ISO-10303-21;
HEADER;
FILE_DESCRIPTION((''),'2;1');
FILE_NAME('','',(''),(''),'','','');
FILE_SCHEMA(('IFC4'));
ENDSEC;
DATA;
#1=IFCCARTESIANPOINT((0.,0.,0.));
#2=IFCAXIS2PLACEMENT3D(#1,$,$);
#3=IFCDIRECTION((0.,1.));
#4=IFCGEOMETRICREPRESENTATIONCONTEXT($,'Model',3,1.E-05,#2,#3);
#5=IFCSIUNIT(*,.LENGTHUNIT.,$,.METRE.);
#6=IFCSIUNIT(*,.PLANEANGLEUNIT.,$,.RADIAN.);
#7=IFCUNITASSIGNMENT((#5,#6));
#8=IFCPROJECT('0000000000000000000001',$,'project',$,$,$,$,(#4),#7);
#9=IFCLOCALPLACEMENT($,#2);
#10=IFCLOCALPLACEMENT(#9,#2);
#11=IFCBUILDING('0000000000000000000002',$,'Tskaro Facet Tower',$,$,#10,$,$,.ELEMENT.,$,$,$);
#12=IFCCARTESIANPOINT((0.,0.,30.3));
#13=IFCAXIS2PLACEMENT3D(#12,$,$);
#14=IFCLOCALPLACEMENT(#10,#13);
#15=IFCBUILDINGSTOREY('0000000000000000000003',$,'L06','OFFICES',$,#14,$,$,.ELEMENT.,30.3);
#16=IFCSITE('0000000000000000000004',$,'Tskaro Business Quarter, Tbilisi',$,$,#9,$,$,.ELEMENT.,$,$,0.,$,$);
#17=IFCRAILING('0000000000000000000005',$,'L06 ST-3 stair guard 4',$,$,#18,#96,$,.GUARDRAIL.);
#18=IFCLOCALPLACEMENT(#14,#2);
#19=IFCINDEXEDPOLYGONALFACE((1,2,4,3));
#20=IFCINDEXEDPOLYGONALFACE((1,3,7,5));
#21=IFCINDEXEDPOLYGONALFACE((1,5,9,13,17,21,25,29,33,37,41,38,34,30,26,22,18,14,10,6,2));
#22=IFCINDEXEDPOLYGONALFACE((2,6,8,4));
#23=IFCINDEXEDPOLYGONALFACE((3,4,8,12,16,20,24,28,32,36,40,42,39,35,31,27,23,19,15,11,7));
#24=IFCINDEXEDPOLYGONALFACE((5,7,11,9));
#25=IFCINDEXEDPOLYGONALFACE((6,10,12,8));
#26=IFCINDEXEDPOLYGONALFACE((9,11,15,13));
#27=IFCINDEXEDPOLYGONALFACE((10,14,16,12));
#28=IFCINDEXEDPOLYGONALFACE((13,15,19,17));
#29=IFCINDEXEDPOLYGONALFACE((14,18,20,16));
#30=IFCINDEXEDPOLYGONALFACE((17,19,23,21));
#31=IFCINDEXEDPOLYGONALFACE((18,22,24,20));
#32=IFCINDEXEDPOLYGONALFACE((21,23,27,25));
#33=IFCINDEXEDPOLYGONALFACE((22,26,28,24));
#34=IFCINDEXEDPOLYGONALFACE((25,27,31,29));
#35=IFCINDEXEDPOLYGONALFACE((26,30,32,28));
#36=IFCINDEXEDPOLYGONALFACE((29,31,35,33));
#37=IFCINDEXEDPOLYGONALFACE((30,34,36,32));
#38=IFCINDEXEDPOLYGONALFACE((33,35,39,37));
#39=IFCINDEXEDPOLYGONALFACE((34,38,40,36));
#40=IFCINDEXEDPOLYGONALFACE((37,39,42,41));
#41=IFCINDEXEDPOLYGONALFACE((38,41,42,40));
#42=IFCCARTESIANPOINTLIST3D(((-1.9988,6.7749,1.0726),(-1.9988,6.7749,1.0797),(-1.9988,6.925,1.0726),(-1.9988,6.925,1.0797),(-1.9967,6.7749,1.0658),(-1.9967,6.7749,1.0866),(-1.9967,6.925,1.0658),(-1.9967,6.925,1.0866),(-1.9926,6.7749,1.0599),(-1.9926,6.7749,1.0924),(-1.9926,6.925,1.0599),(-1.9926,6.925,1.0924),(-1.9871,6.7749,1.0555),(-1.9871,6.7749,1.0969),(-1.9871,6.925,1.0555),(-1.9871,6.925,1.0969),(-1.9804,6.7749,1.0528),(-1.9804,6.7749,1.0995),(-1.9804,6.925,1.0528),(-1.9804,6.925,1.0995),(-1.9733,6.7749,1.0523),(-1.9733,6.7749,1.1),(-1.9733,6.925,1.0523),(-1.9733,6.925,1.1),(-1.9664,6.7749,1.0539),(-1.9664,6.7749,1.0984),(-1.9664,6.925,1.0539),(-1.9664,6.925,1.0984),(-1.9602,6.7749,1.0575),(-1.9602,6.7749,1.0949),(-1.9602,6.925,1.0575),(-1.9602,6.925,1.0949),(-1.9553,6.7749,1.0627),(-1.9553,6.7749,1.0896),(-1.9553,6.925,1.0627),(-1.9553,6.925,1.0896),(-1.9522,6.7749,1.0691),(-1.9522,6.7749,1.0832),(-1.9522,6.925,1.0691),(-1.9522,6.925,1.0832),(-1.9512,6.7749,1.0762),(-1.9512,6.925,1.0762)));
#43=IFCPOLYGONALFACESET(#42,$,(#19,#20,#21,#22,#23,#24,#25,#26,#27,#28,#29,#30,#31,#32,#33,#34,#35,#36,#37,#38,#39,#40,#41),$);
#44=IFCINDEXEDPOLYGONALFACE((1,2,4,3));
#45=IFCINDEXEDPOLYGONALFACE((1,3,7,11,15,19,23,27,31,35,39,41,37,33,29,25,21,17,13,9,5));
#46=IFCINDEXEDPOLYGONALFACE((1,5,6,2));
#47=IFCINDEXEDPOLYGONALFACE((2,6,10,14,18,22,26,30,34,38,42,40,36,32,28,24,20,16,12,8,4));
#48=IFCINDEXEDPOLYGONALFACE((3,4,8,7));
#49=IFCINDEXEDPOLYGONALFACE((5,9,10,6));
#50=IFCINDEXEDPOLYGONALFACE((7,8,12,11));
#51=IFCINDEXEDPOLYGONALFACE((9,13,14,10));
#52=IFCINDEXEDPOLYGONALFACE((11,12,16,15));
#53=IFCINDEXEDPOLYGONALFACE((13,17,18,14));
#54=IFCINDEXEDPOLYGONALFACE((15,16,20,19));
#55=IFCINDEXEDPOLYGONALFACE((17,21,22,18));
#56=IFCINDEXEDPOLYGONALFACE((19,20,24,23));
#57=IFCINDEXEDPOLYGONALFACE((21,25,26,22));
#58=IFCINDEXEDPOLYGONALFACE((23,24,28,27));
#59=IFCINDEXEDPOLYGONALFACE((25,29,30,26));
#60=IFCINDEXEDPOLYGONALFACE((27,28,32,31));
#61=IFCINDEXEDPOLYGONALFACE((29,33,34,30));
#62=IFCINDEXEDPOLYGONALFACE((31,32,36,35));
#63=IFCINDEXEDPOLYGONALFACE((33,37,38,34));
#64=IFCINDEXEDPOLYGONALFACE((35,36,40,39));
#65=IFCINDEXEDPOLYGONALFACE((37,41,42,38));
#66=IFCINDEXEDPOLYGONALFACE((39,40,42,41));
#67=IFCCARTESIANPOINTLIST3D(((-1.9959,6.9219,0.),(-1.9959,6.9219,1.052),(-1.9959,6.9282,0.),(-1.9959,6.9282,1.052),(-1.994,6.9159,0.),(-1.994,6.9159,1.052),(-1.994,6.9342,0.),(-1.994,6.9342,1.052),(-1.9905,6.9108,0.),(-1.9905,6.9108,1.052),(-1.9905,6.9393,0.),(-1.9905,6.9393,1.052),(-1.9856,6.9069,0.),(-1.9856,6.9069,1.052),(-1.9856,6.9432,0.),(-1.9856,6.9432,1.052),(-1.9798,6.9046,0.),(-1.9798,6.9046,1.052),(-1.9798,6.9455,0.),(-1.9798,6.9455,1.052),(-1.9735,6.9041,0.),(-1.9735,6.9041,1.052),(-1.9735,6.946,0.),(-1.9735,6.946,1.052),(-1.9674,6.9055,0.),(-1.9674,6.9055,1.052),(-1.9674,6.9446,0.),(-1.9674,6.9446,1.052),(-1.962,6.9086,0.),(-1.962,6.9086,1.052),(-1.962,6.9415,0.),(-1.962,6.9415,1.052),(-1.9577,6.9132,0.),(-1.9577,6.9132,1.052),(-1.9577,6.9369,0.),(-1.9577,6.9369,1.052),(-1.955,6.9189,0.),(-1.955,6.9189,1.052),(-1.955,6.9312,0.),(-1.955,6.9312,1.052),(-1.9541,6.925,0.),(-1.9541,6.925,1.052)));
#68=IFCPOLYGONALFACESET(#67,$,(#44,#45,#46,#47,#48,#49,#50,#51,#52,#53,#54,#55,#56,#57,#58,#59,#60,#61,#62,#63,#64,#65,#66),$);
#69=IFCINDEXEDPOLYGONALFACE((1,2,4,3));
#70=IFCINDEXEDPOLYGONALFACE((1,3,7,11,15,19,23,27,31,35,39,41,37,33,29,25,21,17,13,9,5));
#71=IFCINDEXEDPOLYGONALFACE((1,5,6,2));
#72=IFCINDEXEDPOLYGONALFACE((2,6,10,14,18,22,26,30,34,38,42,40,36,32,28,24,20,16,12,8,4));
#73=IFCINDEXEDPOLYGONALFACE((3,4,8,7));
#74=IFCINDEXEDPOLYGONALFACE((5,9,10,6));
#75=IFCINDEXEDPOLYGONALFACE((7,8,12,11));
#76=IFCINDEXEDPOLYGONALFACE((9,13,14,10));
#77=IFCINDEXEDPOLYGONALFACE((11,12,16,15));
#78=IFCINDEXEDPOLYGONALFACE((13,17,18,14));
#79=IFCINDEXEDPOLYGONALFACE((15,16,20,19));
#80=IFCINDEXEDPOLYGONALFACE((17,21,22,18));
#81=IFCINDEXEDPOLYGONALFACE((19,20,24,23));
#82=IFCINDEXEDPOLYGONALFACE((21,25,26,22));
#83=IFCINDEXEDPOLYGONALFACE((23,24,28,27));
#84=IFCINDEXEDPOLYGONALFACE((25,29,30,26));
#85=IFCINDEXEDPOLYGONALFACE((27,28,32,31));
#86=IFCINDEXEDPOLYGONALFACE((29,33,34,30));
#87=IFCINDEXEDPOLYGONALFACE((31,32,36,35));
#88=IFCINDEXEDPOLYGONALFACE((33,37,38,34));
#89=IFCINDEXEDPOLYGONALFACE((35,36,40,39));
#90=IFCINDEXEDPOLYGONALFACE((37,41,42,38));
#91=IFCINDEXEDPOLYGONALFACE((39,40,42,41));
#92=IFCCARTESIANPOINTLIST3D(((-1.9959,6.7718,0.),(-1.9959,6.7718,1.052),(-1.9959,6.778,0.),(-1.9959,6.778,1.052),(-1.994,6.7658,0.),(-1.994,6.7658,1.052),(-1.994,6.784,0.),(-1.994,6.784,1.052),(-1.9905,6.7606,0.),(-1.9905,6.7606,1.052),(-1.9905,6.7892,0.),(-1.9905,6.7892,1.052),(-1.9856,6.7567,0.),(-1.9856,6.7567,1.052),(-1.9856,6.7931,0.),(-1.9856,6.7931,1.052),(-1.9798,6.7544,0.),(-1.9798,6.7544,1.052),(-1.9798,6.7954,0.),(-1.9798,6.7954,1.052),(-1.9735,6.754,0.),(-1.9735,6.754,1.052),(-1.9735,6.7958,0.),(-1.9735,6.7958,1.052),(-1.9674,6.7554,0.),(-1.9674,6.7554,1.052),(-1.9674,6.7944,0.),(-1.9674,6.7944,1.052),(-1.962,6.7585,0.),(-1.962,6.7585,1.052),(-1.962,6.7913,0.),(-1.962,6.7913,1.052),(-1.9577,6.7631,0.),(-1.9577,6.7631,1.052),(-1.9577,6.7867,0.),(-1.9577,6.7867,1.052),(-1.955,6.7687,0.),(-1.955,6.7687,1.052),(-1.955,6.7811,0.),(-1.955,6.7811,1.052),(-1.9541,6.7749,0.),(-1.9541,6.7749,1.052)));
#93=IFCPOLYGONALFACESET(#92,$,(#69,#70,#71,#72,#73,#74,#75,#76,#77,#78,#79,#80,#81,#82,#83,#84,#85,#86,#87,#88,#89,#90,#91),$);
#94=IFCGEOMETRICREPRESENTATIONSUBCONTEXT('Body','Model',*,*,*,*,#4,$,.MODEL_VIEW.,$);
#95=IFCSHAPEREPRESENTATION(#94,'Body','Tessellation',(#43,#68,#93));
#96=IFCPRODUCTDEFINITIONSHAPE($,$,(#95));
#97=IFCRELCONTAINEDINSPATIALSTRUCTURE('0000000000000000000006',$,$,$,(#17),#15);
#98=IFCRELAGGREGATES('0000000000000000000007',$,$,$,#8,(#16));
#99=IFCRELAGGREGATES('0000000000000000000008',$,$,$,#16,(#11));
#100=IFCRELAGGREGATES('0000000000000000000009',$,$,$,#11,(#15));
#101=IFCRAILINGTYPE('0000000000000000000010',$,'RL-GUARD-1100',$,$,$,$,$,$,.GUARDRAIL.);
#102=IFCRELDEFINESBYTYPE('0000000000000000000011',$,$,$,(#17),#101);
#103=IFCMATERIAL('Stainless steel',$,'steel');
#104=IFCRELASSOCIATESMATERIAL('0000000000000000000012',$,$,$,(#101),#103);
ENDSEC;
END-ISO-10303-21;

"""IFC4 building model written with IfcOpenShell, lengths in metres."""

from ifc_helpers import new_model, si_unit, direction, frame, origin, origin_2d, place, context, subcontext, project, spatial, circle, extrude, material, type_object, element, save


model = new_model("IFC4")

# Units and contexts
model_context = context("Model", 3, precision=1e-05, world=origin(), true_north=direction((0.0, 1.0)))
body_context = subcontext(model_context, "Body", "Model", "MODEL_VIEW")
ifc_project = project(units=[si_unit("LENGTHUNIT", "METRE"), si_unit("PLANEANGLEUNIT", "RADIAN")], contexts=[model_context])

# Site, building, storey
site_placement = place(None, origin())
site = spatial("IfcSite", under=ifc_project, at=site_placement, Name="Tskaro Business Quarter, Tbilisi", CompositionType="ELEMENT", RefElevation=0.0)
building_placement = place(site_placement, origin())
building = spatial("IfcBuilding", under=site, at=building_placement, Name="Tskaro Facet Tower", CompositionType="ELEMENT")
storey_placement = place(building_placement, frame((0.0, 0.0, 30.3)))
storey = spatial("IfcBuildingStorey", under=building, at=storey_placement, Name="L06", Description="OFFICES", CompositionType="ELEMENT", Elevation=30.3)

# Railing
ifc_material_1 = material(Name="Stainless steel", Category="steel")
railing_type_1 = type_object("IfcRailingType", Name="RL-GUARD-1100", PredefinedType="GUARDRAIL", material=ifc_material_1)
railing_1_placement = place(storey_placement, frame((-1.9751, 6.925, 0.0)))
element("IfcRailing", 1, at=railing_1_placement, inside=storey, type_object=railing_type_1, Name="L06 ST-3 stair guard 4", PredefinedType="GUARDRAIL", context=body_context, shape_type="SweptSolid", body=[
    extrude(circle(Radius=0.0239, at=origin_2d()), frame((0.0, 0.0, 1.0762), z_axis=(0.0, -1.0, 0.0), x_axis=(1.0, 0.0, 0.0)), (0.0, 0.0, 1.0), 0.1501),
    extrude(circle(Radius=0.021, at=origin_2d()), origin(), (0.0, 0.0, 1.0), 1.052),
    extrude(circle(Radius=0.021, at=origin_2d()), frame((0.0, -0.1501, 0.0)), (0.0, 0.0, 1.0), 1.052),
])

save(model, "model.ifc")
